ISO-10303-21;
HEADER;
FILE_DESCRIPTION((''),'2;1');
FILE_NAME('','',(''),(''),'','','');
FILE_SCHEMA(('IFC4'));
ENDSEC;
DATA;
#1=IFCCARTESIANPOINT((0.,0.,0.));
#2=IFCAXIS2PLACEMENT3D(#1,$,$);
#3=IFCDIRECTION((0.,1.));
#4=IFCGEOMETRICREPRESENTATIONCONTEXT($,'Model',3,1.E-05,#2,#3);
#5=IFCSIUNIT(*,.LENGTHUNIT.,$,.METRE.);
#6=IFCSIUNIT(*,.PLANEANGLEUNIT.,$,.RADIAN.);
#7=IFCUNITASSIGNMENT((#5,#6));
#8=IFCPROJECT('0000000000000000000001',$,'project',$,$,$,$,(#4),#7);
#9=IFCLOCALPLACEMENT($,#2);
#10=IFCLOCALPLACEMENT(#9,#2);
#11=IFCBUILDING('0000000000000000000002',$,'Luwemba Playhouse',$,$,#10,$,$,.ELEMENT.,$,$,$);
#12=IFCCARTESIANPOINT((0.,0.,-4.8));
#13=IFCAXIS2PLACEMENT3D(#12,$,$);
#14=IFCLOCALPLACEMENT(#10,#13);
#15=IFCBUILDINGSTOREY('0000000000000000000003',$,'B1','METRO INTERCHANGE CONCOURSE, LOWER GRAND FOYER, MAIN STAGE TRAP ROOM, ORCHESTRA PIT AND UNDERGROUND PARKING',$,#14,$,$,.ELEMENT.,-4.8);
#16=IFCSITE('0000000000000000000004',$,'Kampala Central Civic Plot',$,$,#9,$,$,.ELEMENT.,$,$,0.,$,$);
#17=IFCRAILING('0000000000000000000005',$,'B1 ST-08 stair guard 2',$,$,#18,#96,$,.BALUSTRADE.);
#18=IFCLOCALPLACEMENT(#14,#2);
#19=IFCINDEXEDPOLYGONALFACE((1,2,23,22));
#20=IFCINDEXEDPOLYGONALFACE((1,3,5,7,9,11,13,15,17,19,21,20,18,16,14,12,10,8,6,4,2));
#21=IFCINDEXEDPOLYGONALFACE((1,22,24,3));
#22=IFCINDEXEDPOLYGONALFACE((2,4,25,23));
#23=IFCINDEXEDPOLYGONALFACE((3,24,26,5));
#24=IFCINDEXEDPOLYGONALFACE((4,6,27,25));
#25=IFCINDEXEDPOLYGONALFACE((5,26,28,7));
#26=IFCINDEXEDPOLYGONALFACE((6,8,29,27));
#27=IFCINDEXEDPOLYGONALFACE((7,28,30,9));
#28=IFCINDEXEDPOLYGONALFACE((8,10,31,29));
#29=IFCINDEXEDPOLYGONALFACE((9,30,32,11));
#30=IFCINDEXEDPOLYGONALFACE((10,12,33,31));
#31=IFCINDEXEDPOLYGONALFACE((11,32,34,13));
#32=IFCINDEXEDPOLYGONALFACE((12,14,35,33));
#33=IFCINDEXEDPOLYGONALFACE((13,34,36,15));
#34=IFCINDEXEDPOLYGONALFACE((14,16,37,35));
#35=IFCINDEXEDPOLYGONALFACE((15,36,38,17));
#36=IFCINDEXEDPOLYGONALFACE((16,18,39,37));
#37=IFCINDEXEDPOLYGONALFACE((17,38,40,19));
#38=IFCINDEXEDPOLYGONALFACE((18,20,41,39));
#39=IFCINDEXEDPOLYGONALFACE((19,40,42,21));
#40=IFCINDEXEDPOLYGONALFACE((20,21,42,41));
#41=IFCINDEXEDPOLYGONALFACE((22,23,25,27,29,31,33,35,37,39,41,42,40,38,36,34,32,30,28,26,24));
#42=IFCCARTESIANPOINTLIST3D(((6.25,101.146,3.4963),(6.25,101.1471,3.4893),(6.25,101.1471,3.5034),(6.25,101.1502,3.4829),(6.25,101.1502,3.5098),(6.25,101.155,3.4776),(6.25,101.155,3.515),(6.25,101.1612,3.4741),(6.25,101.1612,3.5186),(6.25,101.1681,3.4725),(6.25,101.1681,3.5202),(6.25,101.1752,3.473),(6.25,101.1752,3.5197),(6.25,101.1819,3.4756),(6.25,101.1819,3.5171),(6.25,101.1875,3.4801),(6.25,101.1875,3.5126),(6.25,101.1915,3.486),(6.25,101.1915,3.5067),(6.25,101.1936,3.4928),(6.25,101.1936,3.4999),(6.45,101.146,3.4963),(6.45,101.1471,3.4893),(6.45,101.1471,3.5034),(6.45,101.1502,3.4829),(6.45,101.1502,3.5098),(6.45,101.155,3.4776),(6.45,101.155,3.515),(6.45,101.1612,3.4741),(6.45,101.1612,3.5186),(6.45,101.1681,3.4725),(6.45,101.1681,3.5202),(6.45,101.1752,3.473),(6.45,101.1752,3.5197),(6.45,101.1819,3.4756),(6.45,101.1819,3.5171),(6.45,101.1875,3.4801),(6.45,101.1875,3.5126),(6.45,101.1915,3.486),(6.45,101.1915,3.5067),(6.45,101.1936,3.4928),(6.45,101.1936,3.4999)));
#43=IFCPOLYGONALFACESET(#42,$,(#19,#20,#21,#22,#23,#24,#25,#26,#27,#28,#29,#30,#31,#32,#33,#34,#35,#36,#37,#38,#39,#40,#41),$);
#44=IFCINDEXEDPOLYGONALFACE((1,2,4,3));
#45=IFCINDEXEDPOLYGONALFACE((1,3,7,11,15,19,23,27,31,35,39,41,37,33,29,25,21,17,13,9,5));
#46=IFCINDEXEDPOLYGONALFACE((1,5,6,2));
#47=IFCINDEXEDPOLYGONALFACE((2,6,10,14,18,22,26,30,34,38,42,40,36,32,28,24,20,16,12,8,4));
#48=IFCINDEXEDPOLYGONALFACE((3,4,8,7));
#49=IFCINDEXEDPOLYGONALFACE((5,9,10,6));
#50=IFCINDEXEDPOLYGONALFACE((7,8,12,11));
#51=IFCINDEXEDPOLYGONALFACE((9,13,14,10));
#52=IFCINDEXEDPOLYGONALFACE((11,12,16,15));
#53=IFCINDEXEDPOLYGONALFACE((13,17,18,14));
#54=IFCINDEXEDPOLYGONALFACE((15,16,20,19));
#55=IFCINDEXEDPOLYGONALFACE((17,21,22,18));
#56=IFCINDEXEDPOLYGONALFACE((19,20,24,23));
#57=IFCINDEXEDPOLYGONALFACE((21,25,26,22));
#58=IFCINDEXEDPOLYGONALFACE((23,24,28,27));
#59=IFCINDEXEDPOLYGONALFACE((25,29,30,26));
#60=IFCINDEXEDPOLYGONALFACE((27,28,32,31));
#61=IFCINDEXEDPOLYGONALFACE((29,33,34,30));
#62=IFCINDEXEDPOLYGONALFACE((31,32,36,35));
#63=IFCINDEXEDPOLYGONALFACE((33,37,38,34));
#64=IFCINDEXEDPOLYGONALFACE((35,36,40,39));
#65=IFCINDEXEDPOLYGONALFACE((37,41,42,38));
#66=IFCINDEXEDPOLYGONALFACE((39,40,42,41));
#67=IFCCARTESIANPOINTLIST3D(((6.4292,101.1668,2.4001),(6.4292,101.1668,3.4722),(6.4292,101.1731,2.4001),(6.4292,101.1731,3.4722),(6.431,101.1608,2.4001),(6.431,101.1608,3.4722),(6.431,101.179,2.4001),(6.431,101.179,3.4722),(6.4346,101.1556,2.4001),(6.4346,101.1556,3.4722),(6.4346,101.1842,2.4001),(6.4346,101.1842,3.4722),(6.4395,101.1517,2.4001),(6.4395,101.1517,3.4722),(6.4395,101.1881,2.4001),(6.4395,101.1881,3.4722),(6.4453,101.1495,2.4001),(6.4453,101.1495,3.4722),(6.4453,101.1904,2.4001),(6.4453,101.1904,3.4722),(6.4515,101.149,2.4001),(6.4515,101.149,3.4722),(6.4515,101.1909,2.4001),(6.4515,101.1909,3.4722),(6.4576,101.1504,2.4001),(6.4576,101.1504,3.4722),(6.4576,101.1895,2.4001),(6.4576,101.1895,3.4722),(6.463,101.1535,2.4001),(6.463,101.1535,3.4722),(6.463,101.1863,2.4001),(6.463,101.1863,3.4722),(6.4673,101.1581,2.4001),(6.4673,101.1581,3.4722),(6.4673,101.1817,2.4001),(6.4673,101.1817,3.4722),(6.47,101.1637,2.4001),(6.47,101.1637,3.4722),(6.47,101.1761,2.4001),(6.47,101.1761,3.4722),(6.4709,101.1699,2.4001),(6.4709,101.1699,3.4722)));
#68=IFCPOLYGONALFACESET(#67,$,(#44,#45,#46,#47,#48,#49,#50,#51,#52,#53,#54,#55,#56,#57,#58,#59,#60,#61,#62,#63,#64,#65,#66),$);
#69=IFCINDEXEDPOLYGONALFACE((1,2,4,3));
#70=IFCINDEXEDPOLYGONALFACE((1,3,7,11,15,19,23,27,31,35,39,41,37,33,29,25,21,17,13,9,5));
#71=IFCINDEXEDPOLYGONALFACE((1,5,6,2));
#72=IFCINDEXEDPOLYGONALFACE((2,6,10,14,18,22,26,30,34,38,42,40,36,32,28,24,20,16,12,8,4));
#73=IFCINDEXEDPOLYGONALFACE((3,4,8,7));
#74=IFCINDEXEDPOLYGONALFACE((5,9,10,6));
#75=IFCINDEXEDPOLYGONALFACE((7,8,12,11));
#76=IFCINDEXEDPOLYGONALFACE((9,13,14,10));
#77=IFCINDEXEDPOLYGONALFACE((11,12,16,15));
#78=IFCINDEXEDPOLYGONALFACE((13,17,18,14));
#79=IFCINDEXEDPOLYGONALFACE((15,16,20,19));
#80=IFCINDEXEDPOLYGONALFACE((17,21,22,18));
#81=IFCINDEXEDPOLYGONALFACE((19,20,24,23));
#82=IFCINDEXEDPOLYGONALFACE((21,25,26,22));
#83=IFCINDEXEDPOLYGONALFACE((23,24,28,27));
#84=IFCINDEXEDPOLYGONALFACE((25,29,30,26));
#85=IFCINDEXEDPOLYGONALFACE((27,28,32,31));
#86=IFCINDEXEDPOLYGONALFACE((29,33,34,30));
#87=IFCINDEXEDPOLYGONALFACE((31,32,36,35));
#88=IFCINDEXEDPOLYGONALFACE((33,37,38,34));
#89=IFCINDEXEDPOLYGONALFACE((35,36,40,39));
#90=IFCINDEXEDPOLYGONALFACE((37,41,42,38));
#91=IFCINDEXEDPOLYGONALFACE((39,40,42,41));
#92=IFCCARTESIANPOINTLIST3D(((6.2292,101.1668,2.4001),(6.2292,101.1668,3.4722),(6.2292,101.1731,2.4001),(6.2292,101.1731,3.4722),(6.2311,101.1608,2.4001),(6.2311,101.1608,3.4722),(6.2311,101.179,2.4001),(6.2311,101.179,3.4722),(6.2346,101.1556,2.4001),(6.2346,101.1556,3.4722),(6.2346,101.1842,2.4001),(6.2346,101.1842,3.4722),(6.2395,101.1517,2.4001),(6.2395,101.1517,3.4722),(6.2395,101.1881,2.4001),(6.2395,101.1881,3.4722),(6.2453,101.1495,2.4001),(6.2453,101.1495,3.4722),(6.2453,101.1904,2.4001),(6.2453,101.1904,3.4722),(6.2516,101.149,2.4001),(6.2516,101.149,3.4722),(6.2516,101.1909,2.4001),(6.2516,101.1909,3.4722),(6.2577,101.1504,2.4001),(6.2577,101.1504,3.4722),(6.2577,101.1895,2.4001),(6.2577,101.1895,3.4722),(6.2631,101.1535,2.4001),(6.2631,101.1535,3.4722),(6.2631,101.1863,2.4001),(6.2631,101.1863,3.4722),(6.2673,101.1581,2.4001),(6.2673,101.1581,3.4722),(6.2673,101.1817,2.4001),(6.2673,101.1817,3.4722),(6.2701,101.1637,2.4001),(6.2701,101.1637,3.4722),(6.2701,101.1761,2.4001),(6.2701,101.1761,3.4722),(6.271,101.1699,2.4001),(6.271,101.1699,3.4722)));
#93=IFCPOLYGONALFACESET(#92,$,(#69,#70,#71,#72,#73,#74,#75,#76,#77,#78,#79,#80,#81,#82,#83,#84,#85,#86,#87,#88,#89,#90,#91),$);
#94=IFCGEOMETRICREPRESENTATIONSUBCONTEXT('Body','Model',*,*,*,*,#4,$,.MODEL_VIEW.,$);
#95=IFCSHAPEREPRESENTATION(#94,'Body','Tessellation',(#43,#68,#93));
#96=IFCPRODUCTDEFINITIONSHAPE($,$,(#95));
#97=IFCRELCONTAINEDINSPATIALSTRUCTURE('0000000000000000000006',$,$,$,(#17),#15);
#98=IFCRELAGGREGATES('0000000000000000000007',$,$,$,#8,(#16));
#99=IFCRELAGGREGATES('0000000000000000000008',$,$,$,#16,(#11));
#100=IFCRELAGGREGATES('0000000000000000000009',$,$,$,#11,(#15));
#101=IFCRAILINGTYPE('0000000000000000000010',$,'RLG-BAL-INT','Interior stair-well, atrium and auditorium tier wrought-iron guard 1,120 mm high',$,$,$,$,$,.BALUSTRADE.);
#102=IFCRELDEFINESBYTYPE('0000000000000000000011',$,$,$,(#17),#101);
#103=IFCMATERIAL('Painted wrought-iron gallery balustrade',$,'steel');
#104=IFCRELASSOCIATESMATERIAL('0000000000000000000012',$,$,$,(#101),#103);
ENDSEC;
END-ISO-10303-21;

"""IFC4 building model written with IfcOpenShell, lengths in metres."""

from ifc_helpers import new_model, si_unit, direction, frame, origin, origin_2d, place, context, subcontext, project, spatial, circle, extrude, material, type_object, element, save


model = new_model("IFC4")

# Units and contexts
model_context = context("Model", 3, precision=1e-05, world=origin(), true_north=direction((0.0, 1.0)))
body_context = subcontext(model_context, "Body", "Model", "MODEL_VIEW")
ifc_project = project(units=[si_unit("LENGTHUNIT", "METRE"), si_unit("PLANEANGLEUNIT", "RADIAN")], contexts=[model_context])

# Site, building, storey
site_placement = place(None, origin())
site = spatial("IfcSite", under=ifc_project, at=site_placement, Name="Kampala Central Civic Plot", CompositionType="ELEMENT", RefElevation=0.0)
building_placement = place(site_placement, origin())
building = spatial("IfcBuilding", under=site, at=building_placement, Name="Luwemba Playhouse", CompositionType="ELEMENT")
storey_placement = place(building_placement, frame((0.0, 0.0, -4.8)))
storey = spatial("IfcBuildingStorey", under=building, at=storey_placement, Name="B1", Description="METRO INTERCHANGE CONCOURSE, LOWER GRAND FOYER, MAIN STAGE TRAP ROOM, ORCHESTRA PIT AND UNDERGROUND PARKING", CompositionType="ELEMENT", Elevation=-4.8)

# Railing
ifc_material_1 = material(Name="Painted wrought-iron gallery balustrade", Category="steel")
railing_type_1 = type_object("IfcRailingType", Name="RLG-BAL-INT", Description="Interior stair-well, atrium and auditorium tier wrought-iron guard 1,120 mm high", PredefinedType="BALUSTRADE", material=ifc_material_1)
railing_1_placement = place(storey_placement, frame((6.45, 101.1699, 2.4001)))
element("IfcRailing", 1, at=railing_1_placement, inside=storey, type_object=railing_type_1, Name="B1 ST-08 stair guard 2", PredefinedType="BALUSTRADE", context=body_context, shape_type="SweptSolid", body=[
    extrude(circle(Radius=0.0239, at=origin_2d()), frame((0.0, 0.0, 1.0962), z_axis=(-1.0, 0.0, 0.0), x_axis=(0.0, -1.0, 0.0)), (0.0, 0.0, 1.0), 0.2),
    extrude(circle(Radius=0.021, at=origin_2d()), origin(), (0.0, 0.0, 1.0), 1.072),
    extrude(circle(Radius=0.021, at=origin_2d()), frame((-0.2, 0.0, 0.0)), (0.0, 0.0, 1.0), 1.072),
])

save(model, "model.ifc")
